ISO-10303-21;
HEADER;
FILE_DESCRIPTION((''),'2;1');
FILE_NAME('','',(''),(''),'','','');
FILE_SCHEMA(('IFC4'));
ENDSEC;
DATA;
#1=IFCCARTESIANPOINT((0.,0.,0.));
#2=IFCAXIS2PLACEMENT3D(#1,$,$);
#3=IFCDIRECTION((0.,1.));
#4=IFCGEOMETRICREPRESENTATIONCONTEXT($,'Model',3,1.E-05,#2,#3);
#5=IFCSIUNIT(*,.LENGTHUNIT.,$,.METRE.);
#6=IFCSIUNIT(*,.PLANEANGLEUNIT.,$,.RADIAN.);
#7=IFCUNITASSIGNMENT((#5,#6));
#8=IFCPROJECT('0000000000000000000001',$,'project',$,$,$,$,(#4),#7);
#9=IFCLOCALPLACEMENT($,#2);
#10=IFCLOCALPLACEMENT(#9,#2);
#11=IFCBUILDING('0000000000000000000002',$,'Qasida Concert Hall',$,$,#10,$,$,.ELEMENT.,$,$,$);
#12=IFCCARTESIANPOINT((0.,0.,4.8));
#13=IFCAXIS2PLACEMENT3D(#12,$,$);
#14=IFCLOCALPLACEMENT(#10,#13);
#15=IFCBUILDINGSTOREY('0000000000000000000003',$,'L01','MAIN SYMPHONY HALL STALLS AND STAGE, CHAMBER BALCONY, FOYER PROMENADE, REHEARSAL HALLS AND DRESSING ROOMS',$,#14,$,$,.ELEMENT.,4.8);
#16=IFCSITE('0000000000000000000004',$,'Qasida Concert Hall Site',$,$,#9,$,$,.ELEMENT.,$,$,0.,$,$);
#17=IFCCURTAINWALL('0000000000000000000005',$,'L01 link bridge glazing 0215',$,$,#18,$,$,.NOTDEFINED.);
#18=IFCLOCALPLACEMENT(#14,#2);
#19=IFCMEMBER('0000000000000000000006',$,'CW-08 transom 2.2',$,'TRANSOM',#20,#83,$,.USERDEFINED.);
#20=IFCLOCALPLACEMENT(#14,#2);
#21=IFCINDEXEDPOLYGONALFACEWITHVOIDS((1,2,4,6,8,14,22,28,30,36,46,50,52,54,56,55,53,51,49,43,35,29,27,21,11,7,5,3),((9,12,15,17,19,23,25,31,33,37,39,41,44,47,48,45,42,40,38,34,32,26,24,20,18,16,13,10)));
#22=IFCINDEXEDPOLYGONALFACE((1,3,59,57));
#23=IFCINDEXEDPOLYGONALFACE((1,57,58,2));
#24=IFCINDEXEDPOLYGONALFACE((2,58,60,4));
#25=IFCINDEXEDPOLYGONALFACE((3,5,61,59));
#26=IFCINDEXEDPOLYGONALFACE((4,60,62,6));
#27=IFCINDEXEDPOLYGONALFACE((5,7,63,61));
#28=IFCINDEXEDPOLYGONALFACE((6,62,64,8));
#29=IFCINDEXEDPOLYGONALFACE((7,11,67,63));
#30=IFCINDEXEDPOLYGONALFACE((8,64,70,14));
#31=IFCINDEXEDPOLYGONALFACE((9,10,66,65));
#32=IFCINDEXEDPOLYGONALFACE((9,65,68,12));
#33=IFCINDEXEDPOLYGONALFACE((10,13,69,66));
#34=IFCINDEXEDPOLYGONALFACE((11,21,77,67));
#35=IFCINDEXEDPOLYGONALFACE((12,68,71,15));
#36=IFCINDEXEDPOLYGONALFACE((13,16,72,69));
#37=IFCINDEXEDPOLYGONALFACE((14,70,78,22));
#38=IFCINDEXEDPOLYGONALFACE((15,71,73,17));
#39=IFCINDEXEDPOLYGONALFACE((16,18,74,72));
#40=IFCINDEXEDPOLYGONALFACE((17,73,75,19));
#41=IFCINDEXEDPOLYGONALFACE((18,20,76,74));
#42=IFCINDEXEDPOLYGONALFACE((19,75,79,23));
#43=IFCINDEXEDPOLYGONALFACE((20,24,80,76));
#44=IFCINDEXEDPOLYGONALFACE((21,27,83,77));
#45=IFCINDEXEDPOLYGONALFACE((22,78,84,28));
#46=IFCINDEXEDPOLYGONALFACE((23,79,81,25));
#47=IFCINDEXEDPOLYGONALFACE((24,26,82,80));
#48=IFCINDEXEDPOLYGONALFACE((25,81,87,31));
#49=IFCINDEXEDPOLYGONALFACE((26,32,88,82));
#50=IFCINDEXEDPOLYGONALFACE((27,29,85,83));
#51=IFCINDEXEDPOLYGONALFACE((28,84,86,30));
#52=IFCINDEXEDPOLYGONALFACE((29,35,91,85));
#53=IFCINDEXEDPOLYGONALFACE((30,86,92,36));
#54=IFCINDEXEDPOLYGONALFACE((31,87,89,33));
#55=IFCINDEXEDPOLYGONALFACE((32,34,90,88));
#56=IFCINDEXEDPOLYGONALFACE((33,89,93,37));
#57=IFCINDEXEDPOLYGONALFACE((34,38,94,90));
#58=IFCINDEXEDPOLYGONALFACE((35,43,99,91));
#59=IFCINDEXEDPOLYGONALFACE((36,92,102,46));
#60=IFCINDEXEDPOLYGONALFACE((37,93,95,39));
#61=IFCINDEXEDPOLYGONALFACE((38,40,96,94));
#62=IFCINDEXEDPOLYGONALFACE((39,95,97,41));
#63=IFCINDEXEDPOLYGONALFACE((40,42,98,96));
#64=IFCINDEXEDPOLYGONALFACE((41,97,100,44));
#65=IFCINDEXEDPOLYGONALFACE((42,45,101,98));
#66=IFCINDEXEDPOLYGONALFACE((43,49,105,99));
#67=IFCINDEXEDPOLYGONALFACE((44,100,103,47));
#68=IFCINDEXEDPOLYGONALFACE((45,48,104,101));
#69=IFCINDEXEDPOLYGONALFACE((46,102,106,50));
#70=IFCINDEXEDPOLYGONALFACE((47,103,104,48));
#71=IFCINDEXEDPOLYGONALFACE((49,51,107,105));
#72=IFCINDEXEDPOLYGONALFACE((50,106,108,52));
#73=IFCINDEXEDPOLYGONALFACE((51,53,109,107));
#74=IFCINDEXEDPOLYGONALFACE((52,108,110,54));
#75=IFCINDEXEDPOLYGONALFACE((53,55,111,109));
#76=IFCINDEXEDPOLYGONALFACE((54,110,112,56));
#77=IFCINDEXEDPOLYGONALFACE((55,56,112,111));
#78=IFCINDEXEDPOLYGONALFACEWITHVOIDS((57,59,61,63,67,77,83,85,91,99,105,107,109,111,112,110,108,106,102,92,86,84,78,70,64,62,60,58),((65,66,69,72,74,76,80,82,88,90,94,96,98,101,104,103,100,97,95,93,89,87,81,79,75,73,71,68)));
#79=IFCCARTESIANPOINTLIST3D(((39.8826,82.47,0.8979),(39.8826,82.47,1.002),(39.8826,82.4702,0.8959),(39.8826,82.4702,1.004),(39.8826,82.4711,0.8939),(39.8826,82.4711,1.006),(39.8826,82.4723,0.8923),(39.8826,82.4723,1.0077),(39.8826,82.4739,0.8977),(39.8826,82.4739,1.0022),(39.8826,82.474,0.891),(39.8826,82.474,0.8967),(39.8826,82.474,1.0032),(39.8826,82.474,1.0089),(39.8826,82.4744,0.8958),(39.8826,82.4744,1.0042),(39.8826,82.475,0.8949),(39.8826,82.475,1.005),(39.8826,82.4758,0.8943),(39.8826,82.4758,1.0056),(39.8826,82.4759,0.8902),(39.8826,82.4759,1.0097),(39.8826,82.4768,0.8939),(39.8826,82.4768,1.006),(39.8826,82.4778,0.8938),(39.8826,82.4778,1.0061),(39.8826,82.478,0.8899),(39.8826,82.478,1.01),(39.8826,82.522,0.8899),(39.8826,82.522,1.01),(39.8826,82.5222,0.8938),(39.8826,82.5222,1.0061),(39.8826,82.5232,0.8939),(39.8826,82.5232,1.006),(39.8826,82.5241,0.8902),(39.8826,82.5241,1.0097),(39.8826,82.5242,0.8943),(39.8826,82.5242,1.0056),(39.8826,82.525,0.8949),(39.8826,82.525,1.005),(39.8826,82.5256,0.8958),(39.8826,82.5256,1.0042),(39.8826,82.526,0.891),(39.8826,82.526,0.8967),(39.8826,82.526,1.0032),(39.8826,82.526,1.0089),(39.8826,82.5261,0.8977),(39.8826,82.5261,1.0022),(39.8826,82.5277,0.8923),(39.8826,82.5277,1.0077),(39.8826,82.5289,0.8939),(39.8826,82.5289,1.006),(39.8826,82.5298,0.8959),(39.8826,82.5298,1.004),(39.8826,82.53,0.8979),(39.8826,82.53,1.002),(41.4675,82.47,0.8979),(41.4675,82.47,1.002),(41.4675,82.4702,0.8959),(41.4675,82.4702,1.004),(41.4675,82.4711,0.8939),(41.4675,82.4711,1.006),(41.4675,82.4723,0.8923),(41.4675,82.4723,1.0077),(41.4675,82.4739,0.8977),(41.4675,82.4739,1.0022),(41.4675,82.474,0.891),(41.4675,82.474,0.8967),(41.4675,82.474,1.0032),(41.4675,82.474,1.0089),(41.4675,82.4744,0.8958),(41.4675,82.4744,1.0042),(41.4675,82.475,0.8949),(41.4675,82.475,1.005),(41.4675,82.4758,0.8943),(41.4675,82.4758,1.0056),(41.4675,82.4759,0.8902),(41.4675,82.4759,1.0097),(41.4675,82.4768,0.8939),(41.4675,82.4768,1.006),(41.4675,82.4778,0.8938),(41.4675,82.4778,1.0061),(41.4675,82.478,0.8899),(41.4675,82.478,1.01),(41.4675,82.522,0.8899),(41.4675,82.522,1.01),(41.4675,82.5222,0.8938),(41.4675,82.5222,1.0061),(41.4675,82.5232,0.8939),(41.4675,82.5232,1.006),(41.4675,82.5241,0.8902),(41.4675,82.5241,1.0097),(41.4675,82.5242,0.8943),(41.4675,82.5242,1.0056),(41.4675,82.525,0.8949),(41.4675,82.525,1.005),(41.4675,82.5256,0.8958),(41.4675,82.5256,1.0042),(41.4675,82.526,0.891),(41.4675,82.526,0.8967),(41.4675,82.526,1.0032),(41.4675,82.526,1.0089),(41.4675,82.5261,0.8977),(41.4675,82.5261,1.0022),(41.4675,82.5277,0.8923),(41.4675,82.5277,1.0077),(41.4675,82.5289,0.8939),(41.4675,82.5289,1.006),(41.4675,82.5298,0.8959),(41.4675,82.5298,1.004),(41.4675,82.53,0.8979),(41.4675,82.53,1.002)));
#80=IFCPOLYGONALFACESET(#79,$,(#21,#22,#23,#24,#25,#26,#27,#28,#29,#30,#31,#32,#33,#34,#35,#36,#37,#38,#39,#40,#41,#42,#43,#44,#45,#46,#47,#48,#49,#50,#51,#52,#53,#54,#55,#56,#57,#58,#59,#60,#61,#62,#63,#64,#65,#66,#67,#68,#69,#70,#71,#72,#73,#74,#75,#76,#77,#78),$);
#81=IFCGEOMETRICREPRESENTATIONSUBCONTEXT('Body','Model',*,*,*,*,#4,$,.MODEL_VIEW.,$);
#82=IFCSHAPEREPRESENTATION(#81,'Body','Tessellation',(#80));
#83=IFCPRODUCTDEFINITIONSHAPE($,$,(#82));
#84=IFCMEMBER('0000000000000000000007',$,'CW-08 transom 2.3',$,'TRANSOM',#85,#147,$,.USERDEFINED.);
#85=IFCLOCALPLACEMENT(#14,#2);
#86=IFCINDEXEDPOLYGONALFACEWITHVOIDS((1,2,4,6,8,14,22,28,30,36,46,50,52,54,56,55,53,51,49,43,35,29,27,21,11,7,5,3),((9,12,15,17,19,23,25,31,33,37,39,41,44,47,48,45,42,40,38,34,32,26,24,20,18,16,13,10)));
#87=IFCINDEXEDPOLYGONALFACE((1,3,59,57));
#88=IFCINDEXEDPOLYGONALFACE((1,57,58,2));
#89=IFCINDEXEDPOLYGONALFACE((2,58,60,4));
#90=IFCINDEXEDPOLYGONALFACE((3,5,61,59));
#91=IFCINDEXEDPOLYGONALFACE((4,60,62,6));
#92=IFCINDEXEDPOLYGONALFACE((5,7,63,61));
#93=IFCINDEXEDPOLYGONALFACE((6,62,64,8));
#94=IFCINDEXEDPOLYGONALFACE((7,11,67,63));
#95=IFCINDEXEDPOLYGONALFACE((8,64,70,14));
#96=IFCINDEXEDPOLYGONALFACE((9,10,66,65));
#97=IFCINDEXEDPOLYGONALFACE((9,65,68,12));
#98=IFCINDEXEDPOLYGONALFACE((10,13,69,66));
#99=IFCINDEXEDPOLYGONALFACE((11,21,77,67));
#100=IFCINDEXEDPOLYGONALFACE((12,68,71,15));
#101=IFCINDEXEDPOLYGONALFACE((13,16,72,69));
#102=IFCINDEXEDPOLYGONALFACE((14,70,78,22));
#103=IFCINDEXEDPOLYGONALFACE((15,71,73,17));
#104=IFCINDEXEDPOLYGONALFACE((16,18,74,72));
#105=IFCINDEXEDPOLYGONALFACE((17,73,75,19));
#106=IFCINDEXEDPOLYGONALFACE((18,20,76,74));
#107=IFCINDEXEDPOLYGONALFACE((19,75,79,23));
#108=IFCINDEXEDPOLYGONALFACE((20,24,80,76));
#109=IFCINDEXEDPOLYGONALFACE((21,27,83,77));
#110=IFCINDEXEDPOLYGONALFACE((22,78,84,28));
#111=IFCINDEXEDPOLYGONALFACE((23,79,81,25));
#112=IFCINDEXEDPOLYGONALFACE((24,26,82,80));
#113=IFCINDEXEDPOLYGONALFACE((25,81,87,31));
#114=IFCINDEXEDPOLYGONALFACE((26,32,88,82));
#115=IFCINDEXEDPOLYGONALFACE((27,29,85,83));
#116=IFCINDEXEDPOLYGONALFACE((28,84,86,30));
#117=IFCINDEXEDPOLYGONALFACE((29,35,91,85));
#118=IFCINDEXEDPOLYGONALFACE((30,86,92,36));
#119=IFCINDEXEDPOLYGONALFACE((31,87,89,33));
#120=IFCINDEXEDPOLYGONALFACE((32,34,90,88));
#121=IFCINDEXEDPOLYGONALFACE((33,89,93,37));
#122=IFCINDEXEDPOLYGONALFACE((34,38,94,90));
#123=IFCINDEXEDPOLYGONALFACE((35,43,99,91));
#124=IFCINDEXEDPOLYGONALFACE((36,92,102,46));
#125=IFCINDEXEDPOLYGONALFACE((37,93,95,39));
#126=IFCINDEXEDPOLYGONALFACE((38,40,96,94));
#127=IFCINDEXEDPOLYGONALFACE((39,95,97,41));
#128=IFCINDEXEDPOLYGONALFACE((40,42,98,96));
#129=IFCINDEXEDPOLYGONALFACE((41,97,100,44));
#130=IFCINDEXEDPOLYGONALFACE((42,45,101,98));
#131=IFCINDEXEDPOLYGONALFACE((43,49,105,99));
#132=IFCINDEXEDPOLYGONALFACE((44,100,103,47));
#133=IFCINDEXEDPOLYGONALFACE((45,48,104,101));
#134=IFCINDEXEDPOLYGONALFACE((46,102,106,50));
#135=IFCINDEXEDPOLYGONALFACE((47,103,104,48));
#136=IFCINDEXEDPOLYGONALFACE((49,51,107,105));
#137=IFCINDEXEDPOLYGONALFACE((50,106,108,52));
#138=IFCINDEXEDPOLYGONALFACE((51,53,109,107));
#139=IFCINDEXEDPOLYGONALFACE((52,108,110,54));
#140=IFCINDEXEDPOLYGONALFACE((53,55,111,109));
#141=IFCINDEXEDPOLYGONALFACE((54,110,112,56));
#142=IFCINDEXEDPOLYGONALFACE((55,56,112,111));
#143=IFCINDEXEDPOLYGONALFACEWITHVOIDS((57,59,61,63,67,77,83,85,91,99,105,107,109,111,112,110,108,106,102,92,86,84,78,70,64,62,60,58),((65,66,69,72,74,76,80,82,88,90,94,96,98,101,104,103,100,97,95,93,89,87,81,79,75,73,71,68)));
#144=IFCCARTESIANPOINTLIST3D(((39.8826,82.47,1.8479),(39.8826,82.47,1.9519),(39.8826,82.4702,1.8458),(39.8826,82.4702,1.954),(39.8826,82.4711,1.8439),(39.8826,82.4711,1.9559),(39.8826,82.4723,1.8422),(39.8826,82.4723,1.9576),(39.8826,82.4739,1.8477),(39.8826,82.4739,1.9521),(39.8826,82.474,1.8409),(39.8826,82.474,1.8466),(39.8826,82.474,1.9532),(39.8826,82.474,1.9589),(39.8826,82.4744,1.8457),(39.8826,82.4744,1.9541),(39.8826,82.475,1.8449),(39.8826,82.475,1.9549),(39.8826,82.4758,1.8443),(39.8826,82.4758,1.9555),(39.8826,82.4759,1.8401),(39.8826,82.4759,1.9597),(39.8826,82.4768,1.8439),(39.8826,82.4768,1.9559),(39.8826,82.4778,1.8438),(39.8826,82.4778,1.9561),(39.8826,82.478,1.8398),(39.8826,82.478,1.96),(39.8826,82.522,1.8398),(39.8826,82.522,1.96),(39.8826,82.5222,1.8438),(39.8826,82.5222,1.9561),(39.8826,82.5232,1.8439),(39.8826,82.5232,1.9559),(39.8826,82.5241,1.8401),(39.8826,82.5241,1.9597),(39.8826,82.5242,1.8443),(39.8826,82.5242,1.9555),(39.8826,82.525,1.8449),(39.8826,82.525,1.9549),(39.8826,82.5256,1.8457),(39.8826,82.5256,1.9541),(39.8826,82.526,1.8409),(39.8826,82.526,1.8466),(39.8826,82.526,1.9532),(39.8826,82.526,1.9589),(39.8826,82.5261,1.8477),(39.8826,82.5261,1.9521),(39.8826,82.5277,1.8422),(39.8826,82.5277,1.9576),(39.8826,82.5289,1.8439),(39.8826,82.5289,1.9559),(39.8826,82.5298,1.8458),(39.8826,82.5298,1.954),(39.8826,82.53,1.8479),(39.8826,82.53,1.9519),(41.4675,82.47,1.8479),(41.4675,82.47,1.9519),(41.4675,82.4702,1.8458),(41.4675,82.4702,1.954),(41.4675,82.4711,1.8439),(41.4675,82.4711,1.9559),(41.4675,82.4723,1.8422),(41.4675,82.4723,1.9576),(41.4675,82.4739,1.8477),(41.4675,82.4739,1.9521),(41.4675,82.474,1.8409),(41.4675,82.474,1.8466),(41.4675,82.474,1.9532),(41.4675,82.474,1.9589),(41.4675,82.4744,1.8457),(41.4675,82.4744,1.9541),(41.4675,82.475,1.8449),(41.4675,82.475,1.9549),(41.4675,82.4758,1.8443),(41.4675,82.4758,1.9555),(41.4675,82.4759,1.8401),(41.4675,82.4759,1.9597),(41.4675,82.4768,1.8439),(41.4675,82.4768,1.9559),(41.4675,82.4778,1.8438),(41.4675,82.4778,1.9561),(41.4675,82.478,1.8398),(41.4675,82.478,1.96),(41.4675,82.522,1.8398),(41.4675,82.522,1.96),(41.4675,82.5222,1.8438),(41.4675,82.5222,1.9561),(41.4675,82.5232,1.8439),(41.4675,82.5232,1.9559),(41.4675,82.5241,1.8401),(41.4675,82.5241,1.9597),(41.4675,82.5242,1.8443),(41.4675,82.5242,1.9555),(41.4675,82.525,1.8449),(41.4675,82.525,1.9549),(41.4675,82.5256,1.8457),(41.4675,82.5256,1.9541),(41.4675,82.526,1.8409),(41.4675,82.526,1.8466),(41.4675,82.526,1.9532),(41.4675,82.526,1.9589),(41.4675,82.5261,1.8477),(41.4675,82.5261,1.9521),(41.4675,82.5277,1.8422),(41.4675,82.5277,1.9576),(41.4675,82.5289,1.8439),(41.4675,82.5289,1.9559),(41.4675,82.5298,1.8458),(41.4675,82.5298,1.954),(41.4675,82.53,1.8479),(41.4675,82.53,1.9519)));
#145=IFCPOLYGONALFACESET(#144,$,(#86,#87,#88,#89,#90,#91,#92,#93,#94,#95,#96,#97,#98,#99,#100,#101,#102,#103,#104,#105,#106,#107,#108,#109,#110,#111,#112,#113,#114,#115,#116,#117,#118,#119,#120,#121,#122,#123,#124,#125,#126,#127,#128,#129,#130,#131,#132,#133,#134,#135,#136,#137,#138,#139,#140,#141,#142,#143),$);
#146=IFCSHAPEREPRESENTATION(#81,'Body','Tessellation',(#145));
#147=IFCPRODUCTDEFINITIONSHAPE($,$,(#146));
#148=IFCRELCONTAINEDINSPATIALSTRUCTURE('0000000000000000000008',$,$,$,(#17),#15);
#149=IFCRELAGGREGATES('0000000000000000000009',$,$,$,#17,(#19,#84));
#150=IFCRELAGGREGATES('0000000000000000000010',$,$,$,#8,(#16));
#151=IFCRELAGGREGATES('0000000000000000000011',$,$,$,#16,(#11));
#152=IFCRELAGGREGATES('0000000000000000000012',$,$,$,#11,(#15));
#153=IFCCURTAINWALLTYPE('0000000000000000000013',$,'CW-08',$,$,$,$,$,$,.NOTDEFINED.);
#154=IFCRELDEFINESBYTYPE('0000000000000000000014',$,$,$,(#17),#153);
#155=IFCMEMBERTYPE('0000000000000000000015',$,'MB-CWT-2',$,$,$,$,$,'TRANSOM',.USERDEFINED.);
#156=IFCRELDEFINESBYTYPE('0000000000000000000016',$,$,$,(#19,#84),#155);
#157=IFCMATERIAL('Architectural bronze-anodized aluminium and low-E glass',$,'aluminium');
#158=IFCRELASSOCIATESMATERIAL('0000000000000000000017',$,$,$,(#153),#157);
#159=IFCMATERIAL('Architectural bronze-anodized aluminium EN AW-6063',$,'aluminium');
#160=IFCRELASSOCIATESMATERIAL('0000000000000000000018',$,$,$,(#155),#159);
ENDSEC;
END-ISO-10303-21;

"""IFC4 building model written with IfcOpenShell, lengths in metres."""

from ifc_helpers import new_model, si_unit, direction, frame, origin, origin_2d, place, context, subcontext, project, spatial, hollow_rectangle, extrude, material, material_profile, profile_set, type_object, element, aggregate, save


model = new_model("IFC4")

# Units and contexts
model_context = context("Model", 3, precision=1e-05, world=origin(), true_north=direction((0.0, 1.0)))
body_context = subcontext(model_context, "Body", "Model", "MODEL_VIEW")
ifc_project = project(units=[si_unit("LENGTHUNIT", "METRE"), si_unit("PLANEANGLEUNIT", "RADIAN")], contexts=[model_context])

# Site, building, storey
site_placement = place(None, origin())
site = spatial("IfcSite", under=ifc_project, at=site_placement, Name="Qasida Concert Hall Site", CompositionType="ELEMENT", RefElevation=0.0)
building_placement = place(site_placement, origin())
building = spatial("IfcBuilding", under=site, at=building_placement, Name="Qasida Concert Hall", CompositionType="ELEMENT")
storey_placement = place(building_placement, frame((0.0, 0.0, 4.8)))
storey = spatial("IfcBuildingStorey", under=building, at=storey_placement, Name="L01", Description="MAIN SYMPHONY HALL STALLS AND STAGE, CHAMBER BALCONY, FOYER PROMENADE, REHEARSAL HALLS AND DRESSING ROOMS", CompositionType="ELEMENT", Elevation=4.8)

# Curtain wall, members
ifc_material_1 = material(Name="Architectural bronze-anodized aluminium and low-E glass", Category="aluminium")
curtain_wall_type = type_object("IfcCurtainWallType", Name="CW-08", PredefinedType="NOTDEFINED", material=ifc_material_1)
curtain_wall_placement = place(storey_placement, origin())
curtain_wall = element("IfcCurtainWall", 1, at=curtain_wall_placement, inside=storey, type_object=curtain_wall_type, Name="L01 link bridge glazing 0215", PredefinedType="NOTDEFINED")
ifc_material_2 = material(Name="Architectural bronze-anodized aluminium EN AW-6063", Category="aluminium")
ifc_material_profile_1 = material_profile(ifc_material_2, hollow_rectangle(XDim=0.0601, YDim=0.1201, WallThickness=0.0039, InnerFilletRadius=0.0039, OuterFilletRadius=0.0081, at=origin_2d()), Name="CWT 120x60x4")
ifc_profile_set_1 = profile_set([ifc_material_profile_1], Name="Architectural bronze-anodized aluminium EN AW-6063")
member_type_1 = type_object("IfcMemberType", Name="MB-CWT-2", ElementType="TRANSOM", PredefinedType="USERDEFINED", material=ifc_profile_set_1)
member_1_placement = place(storey_placement, frame((39.8826, 82.5, 0.95), z_axis=(1.0, 0.0, 0.0), x_axis=(0.0, 1.0, 0.0)))
member_1 = element("IfcMember", 2, at=member_1_placement, type_object=member_type_1, Name="CW-08 transom 2.2", ObjectType="TRANSOM", PredefinedType="USERDEFINED", context=body_context, shape_type="SweptSolid", body=[
    extrude(hollow_rectangle(XDim=0.0601, YDim=0.1201, WallThickness=0.0039, InnerFilletRadius=0.0039, OuterFilletRadius=0.0081, at=origin_2d()), origin(), (0.0, 0.0, 1.0), 1.585),
])
member_2_placement = place(storey_placement, frame((39.8826, 82.5, 1.8999), z_axis=(1.0, 0.0, 0.0), x_axis=(0.0, 1.0, 0.0)))
member_2 = element("IfcMember", 3, at=member_2_placement, type_object=member_type_1, Name="CW-08 transom 2.3", ObjectType="TRANSOM", PredefinedType="USERDEFINED", context=body_context, shape_type="SweptSolid", body=[
    extrude(hollow_rectangle(XDim=0.0601, YDim=0.1201, WallThickness=0.0039, InnerFilletRadius=0.0039, OuterFilletRadius=0.0081, at=origin_2d()), origin(), (0.0, 0.0, 1.0), 1.585),
])
aggregate(curtain_wall, [member_1, member_2])

save(model, "model.ifc")
